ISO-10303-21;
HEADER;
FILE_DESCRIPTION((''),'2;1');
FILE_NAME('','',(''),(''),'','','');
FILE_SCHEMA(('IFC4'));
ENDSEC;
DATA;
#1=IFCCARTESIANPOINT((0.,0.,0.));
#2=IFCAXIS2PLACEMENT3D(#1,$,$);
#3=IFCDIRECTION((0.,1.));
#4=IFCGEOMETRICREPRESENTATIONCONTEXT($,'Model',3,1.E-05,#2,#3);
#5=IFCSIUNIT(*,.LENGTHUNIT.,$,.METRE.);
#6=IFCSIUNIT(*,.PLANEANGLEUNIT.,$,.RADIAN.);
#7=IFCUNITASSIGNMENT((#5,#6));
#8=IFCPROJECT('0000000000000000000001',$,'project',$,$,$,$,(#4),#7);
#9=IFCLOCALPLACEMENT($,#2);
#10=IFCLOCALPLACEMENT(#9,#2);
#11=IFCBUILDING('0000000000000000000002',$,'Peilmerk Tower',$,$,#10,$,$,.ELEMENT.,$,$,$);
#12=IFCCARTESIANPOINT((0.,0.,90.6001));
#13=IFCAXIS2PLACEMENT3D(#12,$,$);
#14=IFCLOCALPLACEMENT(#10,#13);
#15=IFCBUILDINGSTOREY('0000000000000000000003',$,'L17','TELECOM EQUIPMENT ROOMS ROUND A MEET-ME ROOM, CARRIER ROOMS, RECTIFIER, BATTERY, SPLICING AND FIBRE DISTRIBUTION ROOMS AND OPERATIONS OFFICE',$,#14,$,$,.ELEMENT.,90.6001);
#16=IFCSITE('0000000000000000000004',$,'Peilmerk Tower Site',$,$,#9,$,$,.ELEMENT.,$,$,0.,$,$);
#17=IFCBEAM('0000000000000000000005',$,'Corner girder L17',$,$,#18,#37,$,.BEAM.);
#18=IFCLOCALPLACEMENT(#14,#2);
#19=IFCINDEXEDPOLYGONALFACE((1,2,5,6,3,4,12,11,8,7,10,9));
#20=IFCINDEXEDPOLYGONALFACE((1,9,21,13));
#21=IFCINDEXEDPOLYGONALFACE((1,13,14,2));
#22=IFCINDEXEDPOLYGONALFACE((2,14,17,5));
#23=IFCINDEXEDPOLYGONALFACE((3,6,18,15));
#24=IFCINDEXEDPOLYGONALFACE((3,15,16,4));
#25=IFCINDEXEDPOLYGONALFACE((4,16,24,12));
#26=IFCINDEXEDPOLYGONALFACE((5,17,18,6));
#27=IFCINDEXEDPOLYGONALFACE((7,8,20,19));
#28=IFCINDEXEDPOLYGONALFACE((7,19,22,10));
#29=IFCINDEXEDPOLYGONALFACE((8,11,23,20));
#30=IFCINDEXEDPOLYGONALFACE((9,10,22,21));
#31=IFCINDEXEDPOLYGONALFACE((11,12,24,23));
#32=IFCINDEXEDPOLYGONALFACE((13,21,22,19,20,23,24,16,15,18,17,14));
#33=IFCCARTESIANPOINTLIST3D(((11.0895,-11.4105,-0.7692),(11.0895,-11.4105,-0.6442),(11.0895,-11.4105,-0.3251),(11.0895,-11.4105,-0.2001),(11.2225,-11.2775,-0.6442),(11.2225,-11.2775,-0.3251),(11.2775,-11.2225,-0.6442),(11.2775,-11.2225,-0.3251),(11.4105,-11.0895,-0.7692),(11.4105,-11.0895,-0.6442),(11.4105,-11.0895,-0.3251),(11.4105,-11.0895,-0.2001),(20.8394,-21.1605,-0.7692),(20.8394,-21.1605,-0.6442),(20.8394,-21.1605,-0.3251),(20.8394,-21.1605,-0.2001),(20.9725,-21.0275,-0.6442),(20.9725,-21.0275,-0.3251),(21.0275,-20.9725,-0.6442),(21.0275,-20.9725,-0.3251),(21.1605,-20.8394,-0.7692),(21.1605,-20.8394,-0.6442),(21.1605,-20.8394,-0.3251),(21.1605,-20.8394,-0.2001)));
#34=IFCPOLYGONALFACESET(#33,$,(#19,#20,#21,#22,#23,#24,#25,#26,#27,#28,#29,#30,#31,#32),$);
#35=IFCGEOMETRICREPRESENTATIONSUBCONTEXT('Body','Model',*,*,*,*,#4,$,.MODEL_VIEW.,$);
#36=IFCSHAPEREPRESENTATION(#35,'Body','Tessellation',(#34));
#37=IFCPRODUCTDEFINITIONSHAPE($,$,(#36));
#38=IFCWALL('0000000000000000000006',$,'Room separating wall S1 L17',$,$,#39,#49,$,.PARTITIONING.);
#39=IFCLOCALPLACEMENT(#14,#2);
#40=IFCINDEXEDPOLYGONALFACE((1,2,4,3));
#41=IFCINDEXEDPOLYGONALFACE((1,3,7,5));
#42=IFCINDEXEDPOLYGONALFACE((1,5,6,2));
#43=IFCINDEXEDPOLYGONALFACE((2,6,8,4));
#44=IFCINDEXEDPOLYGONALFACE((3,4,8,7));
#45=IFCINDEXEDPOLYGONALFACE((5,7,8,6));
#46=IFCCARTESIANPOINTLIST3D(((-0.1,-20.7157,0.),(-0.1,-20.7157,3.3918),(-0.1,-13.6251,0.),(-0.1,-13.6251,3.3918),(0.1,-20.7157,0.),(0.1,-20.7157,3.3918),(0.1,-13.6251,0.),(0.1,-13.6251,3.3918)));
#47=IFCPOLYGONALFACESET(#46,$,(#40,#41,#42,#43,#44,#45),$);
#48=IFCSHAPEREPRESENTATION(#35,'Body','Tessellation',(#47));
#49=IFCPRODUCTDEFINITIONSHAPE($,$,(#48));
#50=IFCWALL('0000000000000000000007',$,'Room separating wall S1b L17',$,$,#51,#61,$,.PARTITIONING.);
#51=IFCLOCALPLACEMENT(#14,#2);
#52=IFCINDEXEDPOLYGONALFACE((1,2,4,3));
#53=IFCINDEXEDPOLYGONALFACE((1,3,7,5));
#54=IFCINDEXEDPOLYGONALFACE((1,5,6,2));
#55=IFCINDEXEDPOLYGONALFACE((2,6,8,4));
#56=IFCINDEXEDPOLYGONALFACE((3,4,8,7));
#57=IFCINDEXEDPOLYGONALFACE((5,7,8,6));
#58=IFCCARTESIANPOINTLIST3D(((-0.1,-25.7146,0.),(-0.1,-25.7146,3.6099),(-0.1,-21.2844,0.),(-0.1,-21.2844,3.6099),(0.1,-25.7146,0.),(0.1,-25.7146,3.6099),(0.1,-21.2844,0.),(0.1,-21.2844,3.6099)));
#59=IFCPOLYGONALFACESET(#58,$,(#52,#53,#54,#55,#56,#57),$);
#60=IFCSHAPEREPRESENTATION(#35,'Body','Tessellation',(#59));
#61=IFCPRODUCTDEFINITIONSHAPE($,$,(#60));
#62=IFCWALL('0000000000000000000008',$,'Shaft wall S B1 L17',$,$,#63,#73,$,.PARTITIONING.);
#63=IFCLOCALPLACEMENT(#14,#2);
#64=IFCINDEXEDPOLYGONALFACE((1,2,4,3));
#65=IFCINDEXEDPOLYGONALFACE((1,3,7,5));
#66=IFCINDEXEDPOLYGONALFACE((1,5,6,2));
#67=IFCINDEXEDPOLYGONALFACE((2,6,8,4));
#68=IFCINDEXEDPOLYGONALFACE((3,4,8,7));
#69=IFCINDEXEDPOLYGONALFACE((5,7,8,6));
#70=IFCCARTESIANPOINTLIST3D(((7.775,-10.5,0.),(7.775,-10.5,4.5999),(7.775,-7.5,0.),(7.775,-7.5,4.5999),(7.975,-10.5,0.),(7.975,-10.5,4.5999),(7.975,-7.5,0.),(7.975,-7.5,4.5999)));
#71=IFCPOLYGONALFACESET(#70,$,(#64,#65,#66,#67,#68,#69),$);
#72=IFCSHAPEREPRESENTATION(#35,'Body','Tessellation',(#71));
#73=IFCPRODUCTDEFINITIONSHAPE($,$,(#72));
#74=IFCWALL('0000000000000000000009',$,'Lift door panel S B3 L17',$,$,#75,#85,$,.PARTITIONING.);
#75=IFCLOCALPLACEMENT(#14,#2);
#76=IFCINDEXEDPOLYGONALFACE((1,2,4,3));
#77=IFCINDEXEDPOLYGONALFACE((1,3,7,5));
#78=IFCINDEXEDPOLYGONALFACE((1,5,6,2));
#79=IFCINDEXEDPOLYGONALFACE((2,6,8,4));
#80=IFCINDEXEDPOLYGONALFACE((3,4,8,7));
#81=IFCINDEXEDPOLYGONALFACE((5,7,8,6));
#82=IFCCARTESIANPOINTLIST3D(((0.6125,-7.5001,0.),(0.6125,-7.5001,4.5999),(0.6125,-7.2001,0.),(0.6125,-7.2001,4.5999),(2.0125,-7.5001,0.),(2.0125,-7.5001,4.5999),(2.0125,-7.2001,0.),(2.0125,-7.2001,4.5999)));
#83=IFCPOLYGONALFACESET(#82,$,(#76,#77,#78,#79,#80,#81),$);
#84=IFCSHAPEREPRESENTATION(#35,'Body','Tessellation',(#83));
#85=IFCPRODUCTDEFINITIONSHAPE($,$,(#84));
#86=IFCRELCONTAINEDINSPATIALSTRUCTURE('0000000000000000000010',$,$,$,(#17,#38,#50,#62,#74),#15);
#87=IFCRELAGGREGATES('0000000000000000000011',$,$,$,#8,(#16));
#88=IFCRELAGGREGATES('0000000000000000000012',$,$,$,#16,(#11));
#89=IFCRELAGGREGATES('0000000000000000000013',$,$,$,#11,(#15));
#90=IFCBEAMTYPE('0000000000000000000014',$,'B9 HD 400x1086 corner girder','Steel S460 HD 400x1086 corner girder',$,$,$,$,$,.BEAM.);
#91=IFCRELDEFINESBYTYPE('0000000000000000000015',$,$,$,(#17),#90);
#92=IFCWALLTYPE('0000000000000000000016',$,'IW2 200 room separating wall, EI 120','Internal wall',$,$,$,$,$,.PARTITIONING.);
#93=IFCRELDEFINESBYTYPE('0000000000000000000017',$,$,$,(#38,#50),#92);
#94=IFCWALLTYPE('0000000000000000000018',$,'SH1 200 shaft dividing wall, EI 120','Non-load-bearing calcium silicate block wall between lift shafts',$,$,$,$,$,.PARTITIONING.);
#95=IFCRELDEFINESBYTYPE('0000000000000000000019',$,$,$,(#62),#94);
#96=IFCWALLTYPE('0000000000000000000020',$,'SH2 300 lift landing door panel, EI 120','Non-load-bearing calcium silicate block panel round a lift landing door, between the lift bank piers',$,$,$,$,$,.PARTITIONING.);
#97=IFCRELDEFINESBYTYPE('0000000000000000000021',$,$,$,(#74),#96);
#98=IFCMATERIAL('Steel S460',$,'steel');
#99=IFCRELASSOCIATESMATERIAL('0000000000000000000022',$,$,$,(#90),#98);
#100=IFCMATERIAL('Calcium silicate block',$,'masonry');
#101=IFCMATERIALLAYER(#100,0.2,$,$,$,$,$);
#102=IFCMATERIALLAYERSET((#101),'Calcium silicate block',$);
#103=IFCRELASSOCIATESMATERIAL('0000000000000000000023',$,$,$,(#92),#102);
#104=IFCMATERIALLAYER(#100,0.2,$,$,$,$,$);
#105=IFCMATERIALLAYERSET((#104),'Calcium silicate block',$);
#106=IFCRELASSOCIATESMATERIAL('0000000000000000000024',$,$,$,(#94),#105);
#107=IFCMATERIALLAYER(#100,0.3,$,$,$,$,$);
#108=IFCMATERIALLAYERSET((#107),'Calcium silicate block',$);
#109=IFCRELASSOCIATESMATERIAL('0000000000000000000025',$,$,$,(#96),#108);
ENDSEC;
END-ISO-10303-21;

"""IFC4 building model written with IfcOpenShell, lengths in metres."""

from ifc_helpers import new_model, si_unit, direction, frame, frame_2d, origin, origin_2d, place, context, subcontext, project, spatial, rectangle, i_section, extrude, material, layer, layer_set, material_profile, profile_set, type_object, element, save


model = new_model("IFC4")

# Units and contexts
model_context = context("Model", 3, precision=1e-05, world=origin(), true_north=direction((0.0, 1.0)))
body_context = subcontext(model_context, "Body", "Model", "MODEL_VIEW")
ifc_project = project(units=[si_unit("LENGTHUNIT", "METRE"), si_unit("PLANEANGLEUNIT", "RADIAN")], contexts=[model_context])

# Site, building, storey
site_placement = place(None, origin())
site = spatial("IfcSite", under=ifc_project, at=site_placement, Name="Peilmerk Tower Site", CompositionType="ELEMENT", RefElevation=0.0)
building_placement = place(site_placement, origin())
building = spatial("IfcBuilding", under=site, at=building_placement, Name="Peilmerk Tower", CompositionType="ELEMENT")
storey_placement = place(building_placement, frame((0.0, 0.0, 90.6001)))
storey = spatial("IfcBuildingStorey", under=building, at=storey_placement, Name="L17", Description="TELECOM EQUIPMENT ROOMS ROUND A MEET-ME ROOM, CARRIER ROOMS, RECTIFIER, BATTERY, SPLICING AND FIBRE DISTRIBUTION ROOMS AND OPERATIONS OFFICE", CompositionType="ELEMENT", Elevation=90.6001)

# Shared definitions
ifc_material_1 = material(Name="Steel S460", Category="steel")

# Beam
ifc_material_profile_1 = material_profile(ifc_material_1, i_section(OverallWidth=0.4541, OverallDepth=0.5691, WebThickness=0.0779, FlangeThickness=0.125, at=origin_2d()), Name="HD 400x1086")
ifc_profile_set_1 = profile_set([ifc_material_profile_1], Name="Steel S460")
beam_type_1 = type_object("IfcBeamType", Name="B9 HD 400x1086 corner girder", Description="Steel S460 HD 400x1086 corner girder", PredefinedType="BEAM", material=ifc_profile_set_1)
beam_1_placement = place(storey_placement, frame((11.25, -11.25, -0.4846), z_axis=(0.707107, -0.707107, 0.0), x_axis=(0.707107, 0.707107, 0.0)))
element("IfcBeam", 1, at=beam_1_placement, inside=storey, type_object=beam_type_1, Name="Corner girder L17", PredefinedType="BEAM", context=body_context, shape_type="SweptSolid", body=[
    extrude(i_section(OverallWidth=0.4541, OverallDepth=0.5691, WebThickness=0.0779, FlangeThickness=0.125, at=origin_2d()), origin(), (0.0, 0.0, 1.0), 13.7886),
])

# Walls
ifc_material_2 = material(Name="Calcium silicate block", Category="masonry")
ifc_layer_1 = layer(ifc_material_2, 0.2)
ifc_layer_set_1 = layer_set([ifc_layer_1], Name="Calcium silicate block")
wall_type_1 = type_object("IfcWallType", Name="IW2 200 room separating wall, EI 120", Description="Internal wall", PredefinedType="PARTITIONING", material=ifc_layer_set_1)
wall_1_placement = place(storey_placement, frame((0.0, -13.625, 0.0), z_axis=(0.0, 0.0, 1.0), x_axis=(0.0, -1.0, 0.0)))
element("IfcWall", 2, at=wall_1_placement, inside=storey, type_object=wall_type_1, Name="Room separating wall S1 L17", PredefinedType="PARTITIONING", context=body_context, shape_type="SweptSolid", body=[
    extrude(rectangle(XDim=7.0906, YDim=0.2, at=frame_2d((3.5454, 0.0))), origin(), (0.0, 0.0, 1.0), 3.3918),
])
wall_2_placement = place(storey_placement, frame((0.0, -21.2844, 0.0), z_axis=(0.0, 0.0, 1.0), x_axis=(0.0, -1.0, 0.0)))
element("IfcWall", 3, at=wall_2_placement, inside=storey, type_object=wall_type_1, Name="Room separating wall S1b L17", PredefinedType="PARTITIONING", context=body_context, shape_type="SweptSolid", body=[
    extrude(rectangle(XDim=4.4302, YDim=0.2, at=frame_2d((2.2151, 0.0))), origin(), (0.0, 0.0, 1.0), 3.6099),
])
ifc_layer_2 = layer(ifc_material_2, 0.2)
ifc_layer_set_2 = layer_set([ifc_layer_2], Name="Calcium silicate block")
wall_type_2 = type_object("IfcWallType", Name="SH1 200 shaft dividing wall, EI 120", Description="Non-load-bearing calcium silicate block wall between lift shafts", PredefinedType="PARTITIONING", material=ifc_layer_set_2)
wall_3_placement = place(storey_placement, frame((7.875, -10.5, 0.0), z_axis=(0.0, 0.0, 1.0), x_axis=(0.0, 1.0, 0.0)))
element("IfcWall", 4, at=wall_3_placement, inside=storey, type_object=wall_type_2, Name="Shaft wall S B1 L17", PredefinedType="PARTITIONING", context=body_context, shape_type="SweptSolid", body=[
    extrude(rectangle(XDim=3.0, YDim=0.2, at=frame_2d((1.5, 0.0))), origin(), (0.0, 0.0, 1.0), 4.5999),
])
ifc_layer_3 = layer(ifc_material_2, 0.3)
ifc_layer_set_3 = layer_set([ifc_layer_3], Name="Calcium silicate block")
wall_type_3 = type_object("IfcWallType", Name="SH2 300 lift landing door panel, EI 120", Description="Non-load-bearing calcium silicate block panel round a lift landing door, between the lift bank piers", PredefinedType="PARTITIONING", material=ifc_layer_set_3)
wall_4_placement = place(storey_placement, frame((0.6125, -7.3501, 0.0), z_axis=(0.0, 0.0, 1.0), x_axis=(1.0, 0.0, 0.0)))
element("IfcWall", 5, at=wall_4_placement, inside=storey, type_object=wall_type_3, Name="Lift door panel S B3 L17", PredefinedType="PARTITIONING", context=body_context, shape_type="SweptSolid", body=[
    extrude(rectangle(XDim=1.3999, YDim=0.3, at=frame_2d((0.7, 0.0))), origin(), (0.0, 0.0, 1.0), 4.5999),
])

save(model, "model.ifc")
